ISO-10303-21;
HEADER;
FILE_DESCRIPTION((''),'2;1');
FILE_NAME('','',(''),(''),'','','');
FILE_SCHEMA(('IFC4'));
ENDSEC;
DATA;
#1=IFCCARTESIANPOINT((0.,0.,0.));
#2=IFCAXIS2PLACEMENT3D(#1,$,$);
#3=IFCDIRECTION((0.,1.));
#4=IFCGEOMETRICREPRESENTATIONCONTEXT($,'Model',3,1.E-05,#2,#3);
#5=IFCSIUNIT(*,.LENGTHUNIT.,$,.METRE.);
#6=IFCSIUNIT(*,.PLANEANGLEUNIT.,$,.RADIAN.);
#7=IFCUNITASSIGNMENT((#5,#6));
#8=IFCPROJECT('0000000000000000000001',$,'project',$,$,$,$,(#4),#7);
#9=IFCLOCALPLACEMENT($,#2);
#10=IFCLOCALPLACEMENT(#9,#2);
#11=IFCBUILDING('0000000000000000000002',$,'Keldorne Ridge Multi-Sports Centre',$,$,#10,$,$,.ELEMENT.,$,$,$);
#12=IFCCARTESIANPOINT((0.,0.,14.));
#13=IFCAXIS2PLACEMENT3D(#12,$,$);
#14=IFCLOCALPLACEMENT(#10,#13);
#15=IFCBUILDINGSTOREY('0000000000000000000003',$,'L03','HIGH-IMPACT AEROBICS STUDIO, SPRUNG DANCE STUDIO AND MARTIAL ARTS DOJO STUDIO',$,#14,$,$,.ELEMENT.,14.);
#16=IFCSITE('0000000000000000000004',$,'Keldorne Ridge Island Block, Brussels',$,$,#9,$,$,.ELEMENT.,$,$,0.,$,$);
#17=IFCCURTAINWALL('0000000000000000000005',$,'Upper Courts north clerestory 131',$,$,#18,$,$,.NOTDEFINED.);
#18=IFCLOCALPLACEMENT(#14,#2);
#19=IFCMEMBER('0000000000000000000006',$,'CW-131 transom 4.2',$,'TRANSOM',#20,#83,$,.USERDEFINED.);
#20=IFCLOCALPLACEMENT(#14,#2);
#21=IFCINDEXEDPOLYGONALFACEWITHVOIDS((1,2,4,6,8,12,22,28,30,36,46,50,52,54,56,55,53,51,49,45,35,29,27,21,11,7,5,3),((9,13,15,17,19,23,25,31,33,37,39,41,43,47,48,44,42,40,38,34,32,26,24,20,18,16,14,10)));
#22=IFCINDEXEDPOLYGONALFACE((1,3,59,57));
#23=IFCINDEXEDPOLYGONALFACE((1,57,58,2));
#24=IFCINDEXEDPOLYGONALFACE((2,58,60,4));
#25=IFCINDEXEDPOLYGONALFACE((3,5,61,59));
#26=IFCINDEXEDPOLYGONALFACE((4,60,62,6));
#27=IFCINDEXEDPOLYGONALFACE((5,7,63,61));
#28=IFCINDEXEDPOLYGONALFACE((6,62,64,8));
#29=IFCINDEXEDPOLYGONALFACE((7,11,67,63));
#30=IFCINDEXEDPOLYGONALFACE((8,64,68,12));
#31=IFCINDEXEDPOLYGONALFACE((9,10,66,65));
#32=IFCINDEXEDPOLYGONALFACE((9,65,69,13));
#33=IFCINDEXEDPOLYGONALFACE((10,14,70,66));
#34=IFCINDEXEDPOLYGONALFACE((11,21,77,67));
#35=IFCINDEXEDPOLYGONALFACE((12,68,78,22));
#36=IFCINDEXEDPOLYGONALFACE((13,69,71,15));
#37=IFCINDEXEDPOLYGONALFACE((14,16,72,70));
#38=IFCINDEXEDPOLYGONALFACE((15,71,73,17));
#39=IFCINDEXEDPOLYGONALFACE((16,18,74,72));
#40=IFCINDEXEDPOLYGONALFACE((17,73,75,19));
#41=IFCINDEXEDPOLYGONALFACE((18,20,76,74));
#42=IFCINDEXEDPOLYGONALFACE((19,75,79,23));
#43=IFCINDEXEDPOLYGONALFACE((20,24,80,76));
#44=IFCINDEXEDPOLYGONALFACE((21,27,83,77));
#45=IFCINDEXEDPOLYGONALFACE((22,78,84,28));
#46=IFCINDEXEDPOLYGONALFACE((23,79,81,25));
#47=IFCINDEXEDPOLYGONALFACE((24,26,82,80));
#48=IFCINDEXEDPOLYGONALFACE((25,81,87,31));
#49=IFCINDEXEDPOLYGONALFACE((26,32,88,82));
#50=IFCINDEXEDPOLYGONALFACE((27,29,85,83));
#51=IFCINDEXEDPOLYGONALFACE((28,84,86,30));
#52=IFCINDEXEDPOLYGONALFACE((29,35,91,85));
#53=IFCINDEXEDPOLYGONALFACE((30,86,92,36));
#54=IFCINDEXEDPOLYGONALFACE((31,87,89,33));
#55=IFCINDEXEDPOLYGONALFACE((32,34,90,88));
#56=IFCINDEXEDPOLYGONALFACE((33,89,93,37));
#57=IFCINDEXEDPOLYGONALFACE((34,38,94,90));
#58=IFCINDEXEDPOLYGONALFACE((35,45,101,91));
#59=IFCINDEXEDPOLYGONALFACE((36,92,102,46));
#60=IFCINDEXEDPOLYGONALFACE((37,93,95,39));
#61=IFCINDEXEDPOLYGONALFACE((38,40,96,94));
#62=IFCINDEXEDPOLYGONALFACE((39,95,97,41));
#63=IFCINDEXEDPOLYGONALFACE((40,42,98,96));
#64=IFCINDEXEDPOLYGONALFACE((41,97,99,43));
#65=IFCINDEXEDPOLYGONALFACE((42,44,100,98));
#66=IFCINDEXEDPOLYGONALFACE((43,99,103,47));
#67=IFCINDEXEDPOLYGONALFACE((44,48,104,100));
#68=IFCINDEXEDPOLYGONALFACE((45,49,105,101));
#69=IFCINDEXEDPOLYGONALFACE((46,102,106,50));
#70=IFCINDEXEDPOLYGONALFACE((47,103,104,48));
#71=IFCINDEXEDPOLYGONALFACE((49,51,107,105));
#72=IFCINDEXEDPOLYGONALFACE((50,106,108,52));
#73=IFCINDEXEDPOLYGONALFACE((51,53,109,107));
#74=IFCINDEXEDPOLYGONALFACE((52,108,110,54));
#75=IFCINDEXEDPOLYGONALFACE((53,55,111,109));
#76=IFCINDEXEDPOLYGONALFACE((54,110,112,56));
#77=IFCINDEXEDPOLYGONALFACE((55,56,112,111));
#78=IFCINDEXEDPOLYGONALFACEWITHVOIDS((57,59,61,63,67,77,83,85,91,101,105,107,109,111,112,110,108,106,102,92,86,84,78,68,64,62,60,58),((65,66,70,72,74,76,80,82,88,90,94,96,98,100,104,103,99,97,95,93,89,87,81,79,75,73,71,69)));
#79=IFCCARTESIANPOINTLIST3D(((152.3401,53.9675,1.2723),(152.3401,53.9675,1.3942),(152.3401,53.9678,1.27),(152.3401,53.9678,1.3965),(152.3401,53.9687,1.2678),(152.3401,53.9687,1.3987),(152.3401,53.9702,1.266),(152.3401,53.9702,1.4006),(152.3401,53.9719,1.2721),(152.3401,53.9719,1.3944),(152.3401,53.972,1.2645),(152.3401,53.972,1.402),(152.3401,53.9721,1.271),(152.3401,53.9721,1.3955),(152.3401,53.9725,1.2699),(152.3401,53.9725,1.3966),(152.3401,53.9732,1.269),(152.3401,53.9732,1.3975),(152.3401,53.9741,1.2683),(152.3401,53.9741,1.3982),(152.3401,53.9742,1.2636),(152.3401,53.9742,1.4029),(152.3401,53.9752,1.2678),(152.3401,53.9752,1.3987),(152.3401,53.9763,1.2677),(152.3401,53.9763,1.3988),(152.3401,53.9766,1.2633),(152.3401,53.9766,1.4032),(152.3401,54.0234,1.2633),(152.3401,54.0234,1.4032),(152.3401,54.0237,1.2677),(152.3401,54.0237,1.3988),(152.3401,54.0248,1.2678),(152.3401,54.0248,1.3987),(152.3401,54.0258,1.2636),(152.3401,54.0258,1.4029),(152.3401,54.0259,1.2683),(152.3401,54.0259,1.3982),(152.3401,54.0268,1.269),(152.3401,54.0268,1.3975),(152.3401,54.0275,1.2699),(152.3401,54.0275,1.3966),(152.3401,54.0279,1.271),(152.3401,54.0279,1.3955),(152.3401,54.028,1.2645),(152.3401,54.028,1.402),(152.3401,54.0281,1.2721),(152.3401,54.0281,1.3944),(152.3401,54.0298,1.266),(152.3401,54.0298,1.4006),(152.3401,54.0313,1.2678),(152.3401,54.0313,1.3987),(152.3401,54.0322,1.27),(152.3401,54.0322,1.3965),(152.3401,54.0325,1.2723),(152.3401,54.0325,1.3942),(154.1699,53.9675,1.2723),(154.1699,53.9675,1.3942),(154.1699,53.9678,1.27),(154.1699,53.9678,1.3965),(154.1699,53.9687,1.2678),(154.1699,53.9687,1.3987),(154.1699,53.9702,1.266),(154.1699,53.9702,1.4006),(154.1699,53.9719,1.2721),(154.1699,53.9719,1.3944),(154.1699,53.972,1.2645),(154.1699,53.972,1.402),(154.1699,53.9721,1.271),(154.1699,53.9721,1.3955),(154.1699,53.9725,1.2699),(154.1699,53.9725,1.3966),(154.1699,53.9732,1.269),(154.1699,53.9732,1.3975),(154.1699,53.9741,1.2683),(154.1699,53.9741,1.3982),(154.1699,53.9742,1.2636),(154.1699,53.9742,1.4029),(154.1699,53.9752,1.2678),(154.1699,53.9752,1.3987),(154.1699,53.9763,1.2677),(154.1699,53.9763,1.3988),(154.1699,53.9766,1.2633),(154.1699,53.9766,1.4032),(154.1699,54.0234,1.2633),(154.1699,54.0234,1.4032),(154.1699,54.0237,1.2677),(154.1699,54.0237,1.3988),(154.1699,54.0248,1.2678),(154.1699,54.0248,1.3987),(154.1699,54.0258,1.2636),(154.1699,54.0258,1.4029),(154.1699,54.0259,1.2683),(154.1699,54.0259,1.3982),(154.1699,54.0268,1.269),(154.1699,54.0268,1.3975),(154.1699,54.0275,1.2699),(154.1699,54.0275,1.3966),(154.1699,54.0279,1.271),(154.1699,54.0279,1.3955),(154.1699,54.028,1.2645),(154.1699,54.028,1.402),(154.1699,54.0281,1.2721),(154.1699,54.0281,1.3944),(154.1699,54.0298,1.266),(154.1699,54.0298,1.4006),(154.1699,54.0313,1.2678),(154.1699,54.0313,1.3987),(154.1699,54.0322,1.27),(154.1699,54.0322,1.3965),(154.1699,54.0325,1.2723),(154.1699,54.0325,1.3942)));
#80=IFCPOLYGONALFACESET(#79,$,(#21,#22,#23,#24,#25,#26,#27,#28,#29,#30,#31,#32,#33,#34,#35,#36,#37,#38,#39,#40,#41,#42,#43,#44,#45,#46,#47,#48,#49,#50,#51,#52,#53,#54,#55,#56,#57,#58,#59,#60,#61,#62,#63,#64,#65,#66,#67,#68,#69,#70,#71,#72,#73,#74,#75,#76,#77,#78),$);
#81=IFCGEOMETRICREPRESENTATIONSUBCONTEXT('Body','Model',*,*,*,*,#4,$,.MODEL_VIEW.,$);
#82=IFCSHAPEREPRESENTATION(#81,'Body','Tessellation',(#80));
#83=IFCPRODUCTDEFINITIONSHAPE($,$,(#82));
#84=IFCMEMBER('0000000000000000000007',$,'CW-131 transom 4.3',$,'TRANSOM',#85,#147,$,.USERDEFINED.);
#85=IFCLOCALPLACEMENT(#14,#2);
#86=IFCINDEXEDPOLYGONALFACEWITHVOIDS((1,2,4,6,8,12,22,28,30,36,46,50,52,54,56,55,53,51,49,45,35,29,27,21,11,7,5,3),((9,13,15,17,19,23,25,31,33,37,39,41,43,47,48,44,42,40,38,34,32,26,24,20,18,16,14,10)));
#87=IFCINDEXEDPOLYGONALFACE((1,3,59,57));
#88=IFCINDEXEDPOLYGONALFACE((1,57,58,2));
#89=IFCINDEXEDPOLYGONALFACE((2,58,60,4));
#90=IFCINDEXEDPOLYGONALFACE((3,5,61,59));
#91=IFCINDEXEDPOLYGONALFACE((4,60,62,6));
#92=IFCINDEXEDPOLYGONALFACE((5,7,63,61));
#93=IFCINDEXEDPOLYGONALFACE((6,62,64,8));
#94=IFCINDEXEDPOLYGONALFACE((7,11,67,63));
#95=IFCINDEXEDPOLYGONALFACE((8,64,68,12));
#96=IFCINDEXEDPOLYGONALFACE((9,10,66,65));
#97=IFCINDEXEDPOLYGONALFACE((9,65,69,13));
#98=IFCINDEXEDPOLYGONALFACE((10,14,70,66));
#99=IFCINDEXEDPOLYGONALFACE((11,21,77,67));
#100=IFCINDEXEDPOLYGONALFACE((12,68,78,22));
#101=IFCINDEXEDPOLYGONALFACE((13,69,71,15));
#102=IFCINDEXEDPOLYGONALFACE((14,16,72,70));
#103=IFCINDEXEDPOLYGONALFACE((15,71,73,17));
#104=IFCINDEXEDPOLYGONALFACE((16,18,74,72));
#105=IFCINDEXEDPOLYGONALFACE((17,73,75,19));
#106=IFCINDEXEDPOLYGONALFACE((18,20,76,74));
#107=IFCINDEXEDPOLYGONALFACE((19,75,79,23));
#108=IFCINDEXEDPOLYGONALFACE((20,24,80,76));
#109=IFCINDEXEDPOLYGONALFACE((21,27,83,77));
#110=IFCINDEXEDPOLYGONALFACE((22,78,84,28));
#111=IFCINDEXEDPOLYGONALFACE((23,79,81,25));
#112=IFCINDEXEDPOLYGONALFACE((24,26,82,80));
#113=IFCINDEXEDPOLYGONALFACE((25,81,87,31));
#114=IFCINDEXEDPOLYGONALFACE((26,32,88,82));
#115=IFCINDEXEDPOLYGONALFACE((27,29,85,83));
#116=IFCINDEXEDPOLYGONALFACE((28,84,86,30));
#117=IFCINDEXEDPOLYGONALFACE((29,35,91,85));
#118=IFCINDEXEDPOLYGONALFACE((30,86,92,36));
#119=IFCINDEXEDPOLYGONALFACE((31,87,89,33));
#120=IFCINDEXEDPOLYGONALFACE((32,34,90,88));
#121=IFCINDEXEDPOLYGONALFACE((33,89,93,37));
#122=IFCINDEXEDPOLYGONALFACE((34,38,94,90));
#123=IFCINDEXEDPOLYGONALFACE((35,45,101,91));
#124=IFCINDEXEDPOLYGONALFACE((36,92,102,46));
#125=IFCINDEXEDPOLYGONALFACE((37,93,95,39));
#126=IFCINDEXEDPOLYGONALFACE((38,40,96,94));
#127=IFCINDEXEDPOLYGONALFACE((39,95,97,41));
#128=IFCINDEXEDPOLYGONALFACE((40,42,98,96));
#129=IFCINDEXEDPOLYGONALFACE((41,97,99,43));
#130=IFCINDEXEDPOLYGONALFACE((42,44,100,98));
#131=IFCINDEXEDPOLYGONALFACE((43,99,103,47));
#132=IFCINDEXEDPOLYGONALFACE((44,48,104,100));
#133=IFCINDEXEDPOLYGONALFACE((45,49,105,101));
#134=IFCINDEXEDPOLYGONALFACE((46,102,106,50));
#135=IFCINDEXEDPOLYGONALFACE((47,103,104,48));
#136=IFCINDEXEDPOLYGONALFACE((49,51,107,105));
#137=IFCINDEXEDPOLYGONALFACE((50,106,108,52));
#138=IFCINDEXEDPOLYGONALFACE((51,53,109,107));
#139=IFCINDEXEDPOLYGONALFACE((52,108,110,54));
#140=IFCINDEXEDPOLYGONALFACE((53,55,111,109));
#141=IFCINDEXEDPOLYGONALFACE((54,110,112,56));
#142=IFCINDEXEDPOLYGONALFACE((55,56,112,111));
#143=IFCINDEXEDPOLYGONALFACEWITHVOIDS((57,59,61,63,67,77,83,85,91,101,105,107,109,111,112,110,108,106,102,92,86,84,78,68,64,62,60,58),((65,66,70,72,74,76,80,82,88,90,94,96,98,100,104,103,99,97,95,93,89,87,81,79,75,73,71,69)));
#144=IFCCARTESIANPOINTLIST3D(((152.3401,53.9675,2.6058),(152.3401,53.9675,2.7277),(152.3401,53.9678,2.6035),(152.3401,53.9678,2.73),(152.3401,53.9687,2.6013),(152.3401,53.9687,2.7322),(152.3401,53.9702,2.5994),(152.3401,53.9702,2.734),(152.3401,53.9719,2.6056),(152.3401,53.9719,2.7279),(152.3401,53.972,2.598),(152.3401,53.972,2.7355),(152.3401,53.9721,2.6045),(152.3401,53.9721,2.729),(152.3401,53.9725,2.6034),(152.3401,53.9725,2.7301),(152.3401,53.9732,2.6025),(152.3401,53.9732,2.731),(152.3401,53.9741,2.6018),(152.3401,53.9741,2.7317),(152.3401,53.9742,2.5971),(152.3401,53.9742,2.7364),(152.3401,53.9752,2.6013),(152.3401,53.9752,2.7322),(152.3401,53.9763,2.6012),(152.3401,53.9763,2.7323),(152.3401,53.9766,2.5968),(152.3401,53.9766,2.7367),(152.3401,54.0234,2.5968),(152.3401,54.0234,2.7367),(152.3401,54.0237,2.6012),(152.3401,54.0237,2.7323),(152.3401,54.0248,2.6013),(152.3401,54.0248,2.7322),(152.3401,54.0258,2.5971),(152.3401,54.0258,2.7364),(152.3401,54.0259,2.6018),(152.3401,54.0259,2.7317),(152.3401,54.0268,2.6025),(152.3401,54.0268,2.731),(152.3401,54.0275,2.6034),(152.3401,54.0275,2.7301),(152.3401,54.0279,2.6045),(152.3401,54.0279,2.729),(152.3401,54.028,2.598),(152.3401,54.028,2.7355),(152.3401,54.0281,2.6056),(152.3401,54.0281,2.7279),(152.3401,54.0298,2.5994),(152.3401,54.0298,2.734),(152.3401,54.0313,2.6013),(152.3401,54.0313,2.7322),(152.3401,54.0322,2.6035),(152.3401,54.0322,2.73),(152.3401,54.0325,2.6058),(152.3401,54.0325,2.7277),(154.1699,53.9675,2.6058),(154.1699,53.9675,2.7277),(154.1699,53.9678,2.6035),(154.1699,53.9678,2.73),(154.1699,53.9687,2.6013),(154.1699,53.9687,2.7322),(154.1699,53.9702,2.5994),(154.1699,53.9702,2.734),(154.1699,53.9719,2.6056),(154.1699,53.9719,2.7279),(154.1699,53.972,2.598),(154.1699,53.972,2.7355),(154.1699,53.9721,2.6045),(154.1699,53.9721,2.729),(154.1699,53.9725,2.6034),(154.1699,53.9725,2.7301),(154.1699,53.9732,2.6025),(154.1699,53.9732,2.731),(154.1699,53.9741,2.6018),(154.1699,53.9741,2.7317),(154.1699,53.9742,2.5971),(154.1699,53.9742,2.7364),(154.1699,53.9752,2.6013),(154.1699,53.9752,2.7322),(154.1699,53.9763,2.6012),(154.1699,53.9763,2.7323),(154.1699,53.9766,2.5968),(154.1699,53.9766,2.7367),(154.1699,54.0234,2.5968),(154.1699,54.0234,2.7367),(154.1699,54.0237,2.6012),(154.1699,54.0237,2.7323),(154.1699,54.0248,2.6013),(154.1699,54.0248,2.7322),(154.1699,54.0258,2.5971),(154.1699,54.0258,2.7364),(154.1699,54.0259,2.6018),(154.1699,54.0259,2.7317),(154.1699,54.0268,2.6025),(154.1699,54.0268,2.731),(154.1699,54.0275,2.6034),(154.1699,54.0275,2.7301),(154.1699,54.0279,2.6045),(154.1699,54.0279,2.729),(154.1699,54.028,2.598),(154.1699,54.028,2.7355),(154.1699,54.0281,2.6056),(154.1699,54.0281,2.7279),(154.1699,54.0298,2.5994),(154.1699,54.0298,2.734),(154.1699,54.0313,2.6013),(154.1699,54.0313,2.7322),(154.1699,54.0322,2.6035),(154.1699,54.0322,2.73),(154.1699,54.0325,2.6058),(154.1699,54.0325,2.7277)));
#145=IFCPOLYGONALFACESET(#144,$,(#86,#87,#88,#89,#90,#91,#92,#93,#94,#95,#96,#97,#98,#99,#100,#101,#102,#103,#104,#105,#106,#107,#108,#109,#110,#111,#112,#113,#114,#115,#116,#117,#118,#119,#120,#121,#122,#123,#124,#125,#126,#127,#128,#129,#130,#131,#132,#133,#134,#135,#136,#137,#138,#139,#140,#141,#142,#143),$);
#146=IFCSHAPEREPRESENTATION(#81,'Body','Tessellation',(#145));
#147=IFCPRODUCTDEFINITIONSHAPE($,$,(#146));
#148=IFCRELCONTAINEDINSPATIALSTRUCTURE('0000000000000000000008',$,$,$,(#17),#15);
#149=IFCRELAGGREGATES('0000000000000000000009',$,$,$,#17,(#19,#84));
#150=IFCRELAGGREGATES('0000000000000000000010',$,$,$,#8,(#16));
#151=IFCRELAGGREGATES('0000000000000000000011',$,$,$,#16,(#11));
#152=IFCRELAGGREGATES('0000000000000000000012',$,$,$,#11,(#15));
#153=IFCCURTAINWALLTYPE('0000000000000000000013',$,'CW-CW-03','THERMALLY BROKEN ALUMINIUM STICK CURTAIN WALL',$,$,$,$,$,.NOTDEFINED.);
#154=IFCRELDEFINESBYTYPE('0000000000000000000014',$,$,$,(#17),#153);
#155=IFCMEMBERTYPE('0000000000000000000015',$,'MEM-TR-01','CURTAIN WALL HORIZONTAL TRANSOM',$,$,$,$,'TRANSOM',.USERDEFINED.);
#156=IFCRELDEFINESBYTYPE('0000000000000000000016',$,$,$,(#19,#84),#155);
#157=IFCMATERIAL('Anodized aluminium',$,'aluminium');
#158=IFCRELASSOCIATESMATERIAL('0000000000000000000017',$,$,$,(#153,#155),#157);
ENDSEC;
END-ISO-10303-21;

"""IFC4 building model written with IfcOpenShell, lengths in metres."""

from ifc_helpers import new_model, si_unit, direction, frame, origin, origin_2d, place, context, subcontext, project, spatial, hollow_rectangle, extrude, material, material_profile, profile_set, type_object, element, aggregate, save


model = new_model("IFC4")

# Units and contexts
model_context = context("Model", 3, precision=1e-05, world=origin(), true_north=direction((0.0, 1.0)))
body_context = subcontext(model_context, "Body", "Model", "MODEL_VIEW")
ifc_project = project(units=[si_unit("LENGTHUNIT", "METRE"), si_unit("PLANEANGLEUNIT", "RADIAN")], contexts=[model_context])

# Site, building, storey
site_placement = place(None, origin())
site = spatial("IfcSite", under=ifc_project, at=site_placement, Name="Keldorne Ridge Island Block, Brussels", CompositionType="ELEMENT", RefElevation=0.0)
building_placement = place(site_placement, origin())
building = spatial("IfcBuilding", under=site, at=building_placement, Name="Keldorne Ridge Multi-Sports Centre", CompositionType="ELEMENT")
storey_placement = place(building_placement, frame((0.0, 0.0, 14.0)))
storey = spatial("IfcBuildingStorey", under=building, at=storey_placement, Name="L03", Description="HIGH-IMPACT AEROBICS STUDIO, SPRUNG DANCE STUDIO AND MARTIAL ARTS DOJO STUDIO", CompositionType="ELEMENT", Elevation=14.0)

# Curtain wall
ifc_material_1 = material(Name="Anodized aluminium", Category="aluminium")
curtain_wall_type_1 = type_object("IfcCurtainWallType", Name="CW-CW-03", Description="THERMALLY BROKEN ALUMINIUM STICK CURTAIN WALL", PredefinedType="NOTDEFINED", material=ifc_material_1)
curtain_wall_1_placement = place(storey_placement, origin())
curtain_wall_1 = element("IfcCurtainWall", 1, at=curtain_wall_1_placement, inside=storey, type_object=curtain_wall_type_1, Name="Upper Courts north clerestory 131", PredefinedType="NOTDEFINED")

# Members
ifc_material_profile_1 = material_profile(ifc_material_1, hollow_rectangle(XDim=0.0649, YDim=0.1399, WallThickness=0.0044, InnerFilletRadius=0.0044, OuterFilletRadius=0.009, at=origin_2d()), Name="ALU TRANSOM 140x65x4.5")
ifc_profile_set_1 = profile_set([ifc_material_profile_1], Name="Anodized aluminium")
member_type_1 = type_object("IfcMemberType", Name="MEM-TR-01", Description="CURTAIN WALL HORIZONTAL TRANSOM", ElementType="TRANSOM", PredefinedType="USERDEFINED", material=ifc_profile_set_1)
member_1_placement = place(storey_placement, frame((154.1699, 54.0, 1.3333), z_axis=(-1.0, 0.0, 0.0), x_axis=(0.0, -1.0, 0.0)))
member_1 = element("IfcMember", 2, at=member_1_placement, type_object=member_type_1, Name="CW-131 transom 4.2", ObjectType="TRANSOM", PredefinedType="USERDEFINED", context=body_context, shape_type="SweptSolid", body=[
    extrude(hollow_rectangle(XDim=0.0649, YDim=0.1399, WallThickness=0.0044, InnerFilletRadius=0.0044, OuterFilletRadius=0.009, at=origin_2d()), origin(), (0.0, 0.0, 1.0), 1.8298),
])
member_2_placement = place(storey_placement, frame((154.1699, 54.0, 2.6667), z_axis=(-1.0, 0.0, 0.0), x_axis=(0.0, -1.0, 0.0)))
member_2 = element("IfcMember", 3, at=member_2_placement, type_object=member_type_1, Name="CW-131 transom 4.3", ObjectType="TRANSOM", PredefinedType="USERDEFINED", context=body_context, shape_type="SweptSolid", body=[
    extrude(hollow_rectangle(XDim=0.0649, YDim=0.1399, WallThickness=0.0044, InnerFilletRadius=0.0044, OuterFilletRadius=0.009, at=origin_2d()), origin(), (0.0, 0.0, 1.0), 1.8298),
])

aggregate(curtain_wall_1, [member_1, member_2])

save(model, "model.ifc")
